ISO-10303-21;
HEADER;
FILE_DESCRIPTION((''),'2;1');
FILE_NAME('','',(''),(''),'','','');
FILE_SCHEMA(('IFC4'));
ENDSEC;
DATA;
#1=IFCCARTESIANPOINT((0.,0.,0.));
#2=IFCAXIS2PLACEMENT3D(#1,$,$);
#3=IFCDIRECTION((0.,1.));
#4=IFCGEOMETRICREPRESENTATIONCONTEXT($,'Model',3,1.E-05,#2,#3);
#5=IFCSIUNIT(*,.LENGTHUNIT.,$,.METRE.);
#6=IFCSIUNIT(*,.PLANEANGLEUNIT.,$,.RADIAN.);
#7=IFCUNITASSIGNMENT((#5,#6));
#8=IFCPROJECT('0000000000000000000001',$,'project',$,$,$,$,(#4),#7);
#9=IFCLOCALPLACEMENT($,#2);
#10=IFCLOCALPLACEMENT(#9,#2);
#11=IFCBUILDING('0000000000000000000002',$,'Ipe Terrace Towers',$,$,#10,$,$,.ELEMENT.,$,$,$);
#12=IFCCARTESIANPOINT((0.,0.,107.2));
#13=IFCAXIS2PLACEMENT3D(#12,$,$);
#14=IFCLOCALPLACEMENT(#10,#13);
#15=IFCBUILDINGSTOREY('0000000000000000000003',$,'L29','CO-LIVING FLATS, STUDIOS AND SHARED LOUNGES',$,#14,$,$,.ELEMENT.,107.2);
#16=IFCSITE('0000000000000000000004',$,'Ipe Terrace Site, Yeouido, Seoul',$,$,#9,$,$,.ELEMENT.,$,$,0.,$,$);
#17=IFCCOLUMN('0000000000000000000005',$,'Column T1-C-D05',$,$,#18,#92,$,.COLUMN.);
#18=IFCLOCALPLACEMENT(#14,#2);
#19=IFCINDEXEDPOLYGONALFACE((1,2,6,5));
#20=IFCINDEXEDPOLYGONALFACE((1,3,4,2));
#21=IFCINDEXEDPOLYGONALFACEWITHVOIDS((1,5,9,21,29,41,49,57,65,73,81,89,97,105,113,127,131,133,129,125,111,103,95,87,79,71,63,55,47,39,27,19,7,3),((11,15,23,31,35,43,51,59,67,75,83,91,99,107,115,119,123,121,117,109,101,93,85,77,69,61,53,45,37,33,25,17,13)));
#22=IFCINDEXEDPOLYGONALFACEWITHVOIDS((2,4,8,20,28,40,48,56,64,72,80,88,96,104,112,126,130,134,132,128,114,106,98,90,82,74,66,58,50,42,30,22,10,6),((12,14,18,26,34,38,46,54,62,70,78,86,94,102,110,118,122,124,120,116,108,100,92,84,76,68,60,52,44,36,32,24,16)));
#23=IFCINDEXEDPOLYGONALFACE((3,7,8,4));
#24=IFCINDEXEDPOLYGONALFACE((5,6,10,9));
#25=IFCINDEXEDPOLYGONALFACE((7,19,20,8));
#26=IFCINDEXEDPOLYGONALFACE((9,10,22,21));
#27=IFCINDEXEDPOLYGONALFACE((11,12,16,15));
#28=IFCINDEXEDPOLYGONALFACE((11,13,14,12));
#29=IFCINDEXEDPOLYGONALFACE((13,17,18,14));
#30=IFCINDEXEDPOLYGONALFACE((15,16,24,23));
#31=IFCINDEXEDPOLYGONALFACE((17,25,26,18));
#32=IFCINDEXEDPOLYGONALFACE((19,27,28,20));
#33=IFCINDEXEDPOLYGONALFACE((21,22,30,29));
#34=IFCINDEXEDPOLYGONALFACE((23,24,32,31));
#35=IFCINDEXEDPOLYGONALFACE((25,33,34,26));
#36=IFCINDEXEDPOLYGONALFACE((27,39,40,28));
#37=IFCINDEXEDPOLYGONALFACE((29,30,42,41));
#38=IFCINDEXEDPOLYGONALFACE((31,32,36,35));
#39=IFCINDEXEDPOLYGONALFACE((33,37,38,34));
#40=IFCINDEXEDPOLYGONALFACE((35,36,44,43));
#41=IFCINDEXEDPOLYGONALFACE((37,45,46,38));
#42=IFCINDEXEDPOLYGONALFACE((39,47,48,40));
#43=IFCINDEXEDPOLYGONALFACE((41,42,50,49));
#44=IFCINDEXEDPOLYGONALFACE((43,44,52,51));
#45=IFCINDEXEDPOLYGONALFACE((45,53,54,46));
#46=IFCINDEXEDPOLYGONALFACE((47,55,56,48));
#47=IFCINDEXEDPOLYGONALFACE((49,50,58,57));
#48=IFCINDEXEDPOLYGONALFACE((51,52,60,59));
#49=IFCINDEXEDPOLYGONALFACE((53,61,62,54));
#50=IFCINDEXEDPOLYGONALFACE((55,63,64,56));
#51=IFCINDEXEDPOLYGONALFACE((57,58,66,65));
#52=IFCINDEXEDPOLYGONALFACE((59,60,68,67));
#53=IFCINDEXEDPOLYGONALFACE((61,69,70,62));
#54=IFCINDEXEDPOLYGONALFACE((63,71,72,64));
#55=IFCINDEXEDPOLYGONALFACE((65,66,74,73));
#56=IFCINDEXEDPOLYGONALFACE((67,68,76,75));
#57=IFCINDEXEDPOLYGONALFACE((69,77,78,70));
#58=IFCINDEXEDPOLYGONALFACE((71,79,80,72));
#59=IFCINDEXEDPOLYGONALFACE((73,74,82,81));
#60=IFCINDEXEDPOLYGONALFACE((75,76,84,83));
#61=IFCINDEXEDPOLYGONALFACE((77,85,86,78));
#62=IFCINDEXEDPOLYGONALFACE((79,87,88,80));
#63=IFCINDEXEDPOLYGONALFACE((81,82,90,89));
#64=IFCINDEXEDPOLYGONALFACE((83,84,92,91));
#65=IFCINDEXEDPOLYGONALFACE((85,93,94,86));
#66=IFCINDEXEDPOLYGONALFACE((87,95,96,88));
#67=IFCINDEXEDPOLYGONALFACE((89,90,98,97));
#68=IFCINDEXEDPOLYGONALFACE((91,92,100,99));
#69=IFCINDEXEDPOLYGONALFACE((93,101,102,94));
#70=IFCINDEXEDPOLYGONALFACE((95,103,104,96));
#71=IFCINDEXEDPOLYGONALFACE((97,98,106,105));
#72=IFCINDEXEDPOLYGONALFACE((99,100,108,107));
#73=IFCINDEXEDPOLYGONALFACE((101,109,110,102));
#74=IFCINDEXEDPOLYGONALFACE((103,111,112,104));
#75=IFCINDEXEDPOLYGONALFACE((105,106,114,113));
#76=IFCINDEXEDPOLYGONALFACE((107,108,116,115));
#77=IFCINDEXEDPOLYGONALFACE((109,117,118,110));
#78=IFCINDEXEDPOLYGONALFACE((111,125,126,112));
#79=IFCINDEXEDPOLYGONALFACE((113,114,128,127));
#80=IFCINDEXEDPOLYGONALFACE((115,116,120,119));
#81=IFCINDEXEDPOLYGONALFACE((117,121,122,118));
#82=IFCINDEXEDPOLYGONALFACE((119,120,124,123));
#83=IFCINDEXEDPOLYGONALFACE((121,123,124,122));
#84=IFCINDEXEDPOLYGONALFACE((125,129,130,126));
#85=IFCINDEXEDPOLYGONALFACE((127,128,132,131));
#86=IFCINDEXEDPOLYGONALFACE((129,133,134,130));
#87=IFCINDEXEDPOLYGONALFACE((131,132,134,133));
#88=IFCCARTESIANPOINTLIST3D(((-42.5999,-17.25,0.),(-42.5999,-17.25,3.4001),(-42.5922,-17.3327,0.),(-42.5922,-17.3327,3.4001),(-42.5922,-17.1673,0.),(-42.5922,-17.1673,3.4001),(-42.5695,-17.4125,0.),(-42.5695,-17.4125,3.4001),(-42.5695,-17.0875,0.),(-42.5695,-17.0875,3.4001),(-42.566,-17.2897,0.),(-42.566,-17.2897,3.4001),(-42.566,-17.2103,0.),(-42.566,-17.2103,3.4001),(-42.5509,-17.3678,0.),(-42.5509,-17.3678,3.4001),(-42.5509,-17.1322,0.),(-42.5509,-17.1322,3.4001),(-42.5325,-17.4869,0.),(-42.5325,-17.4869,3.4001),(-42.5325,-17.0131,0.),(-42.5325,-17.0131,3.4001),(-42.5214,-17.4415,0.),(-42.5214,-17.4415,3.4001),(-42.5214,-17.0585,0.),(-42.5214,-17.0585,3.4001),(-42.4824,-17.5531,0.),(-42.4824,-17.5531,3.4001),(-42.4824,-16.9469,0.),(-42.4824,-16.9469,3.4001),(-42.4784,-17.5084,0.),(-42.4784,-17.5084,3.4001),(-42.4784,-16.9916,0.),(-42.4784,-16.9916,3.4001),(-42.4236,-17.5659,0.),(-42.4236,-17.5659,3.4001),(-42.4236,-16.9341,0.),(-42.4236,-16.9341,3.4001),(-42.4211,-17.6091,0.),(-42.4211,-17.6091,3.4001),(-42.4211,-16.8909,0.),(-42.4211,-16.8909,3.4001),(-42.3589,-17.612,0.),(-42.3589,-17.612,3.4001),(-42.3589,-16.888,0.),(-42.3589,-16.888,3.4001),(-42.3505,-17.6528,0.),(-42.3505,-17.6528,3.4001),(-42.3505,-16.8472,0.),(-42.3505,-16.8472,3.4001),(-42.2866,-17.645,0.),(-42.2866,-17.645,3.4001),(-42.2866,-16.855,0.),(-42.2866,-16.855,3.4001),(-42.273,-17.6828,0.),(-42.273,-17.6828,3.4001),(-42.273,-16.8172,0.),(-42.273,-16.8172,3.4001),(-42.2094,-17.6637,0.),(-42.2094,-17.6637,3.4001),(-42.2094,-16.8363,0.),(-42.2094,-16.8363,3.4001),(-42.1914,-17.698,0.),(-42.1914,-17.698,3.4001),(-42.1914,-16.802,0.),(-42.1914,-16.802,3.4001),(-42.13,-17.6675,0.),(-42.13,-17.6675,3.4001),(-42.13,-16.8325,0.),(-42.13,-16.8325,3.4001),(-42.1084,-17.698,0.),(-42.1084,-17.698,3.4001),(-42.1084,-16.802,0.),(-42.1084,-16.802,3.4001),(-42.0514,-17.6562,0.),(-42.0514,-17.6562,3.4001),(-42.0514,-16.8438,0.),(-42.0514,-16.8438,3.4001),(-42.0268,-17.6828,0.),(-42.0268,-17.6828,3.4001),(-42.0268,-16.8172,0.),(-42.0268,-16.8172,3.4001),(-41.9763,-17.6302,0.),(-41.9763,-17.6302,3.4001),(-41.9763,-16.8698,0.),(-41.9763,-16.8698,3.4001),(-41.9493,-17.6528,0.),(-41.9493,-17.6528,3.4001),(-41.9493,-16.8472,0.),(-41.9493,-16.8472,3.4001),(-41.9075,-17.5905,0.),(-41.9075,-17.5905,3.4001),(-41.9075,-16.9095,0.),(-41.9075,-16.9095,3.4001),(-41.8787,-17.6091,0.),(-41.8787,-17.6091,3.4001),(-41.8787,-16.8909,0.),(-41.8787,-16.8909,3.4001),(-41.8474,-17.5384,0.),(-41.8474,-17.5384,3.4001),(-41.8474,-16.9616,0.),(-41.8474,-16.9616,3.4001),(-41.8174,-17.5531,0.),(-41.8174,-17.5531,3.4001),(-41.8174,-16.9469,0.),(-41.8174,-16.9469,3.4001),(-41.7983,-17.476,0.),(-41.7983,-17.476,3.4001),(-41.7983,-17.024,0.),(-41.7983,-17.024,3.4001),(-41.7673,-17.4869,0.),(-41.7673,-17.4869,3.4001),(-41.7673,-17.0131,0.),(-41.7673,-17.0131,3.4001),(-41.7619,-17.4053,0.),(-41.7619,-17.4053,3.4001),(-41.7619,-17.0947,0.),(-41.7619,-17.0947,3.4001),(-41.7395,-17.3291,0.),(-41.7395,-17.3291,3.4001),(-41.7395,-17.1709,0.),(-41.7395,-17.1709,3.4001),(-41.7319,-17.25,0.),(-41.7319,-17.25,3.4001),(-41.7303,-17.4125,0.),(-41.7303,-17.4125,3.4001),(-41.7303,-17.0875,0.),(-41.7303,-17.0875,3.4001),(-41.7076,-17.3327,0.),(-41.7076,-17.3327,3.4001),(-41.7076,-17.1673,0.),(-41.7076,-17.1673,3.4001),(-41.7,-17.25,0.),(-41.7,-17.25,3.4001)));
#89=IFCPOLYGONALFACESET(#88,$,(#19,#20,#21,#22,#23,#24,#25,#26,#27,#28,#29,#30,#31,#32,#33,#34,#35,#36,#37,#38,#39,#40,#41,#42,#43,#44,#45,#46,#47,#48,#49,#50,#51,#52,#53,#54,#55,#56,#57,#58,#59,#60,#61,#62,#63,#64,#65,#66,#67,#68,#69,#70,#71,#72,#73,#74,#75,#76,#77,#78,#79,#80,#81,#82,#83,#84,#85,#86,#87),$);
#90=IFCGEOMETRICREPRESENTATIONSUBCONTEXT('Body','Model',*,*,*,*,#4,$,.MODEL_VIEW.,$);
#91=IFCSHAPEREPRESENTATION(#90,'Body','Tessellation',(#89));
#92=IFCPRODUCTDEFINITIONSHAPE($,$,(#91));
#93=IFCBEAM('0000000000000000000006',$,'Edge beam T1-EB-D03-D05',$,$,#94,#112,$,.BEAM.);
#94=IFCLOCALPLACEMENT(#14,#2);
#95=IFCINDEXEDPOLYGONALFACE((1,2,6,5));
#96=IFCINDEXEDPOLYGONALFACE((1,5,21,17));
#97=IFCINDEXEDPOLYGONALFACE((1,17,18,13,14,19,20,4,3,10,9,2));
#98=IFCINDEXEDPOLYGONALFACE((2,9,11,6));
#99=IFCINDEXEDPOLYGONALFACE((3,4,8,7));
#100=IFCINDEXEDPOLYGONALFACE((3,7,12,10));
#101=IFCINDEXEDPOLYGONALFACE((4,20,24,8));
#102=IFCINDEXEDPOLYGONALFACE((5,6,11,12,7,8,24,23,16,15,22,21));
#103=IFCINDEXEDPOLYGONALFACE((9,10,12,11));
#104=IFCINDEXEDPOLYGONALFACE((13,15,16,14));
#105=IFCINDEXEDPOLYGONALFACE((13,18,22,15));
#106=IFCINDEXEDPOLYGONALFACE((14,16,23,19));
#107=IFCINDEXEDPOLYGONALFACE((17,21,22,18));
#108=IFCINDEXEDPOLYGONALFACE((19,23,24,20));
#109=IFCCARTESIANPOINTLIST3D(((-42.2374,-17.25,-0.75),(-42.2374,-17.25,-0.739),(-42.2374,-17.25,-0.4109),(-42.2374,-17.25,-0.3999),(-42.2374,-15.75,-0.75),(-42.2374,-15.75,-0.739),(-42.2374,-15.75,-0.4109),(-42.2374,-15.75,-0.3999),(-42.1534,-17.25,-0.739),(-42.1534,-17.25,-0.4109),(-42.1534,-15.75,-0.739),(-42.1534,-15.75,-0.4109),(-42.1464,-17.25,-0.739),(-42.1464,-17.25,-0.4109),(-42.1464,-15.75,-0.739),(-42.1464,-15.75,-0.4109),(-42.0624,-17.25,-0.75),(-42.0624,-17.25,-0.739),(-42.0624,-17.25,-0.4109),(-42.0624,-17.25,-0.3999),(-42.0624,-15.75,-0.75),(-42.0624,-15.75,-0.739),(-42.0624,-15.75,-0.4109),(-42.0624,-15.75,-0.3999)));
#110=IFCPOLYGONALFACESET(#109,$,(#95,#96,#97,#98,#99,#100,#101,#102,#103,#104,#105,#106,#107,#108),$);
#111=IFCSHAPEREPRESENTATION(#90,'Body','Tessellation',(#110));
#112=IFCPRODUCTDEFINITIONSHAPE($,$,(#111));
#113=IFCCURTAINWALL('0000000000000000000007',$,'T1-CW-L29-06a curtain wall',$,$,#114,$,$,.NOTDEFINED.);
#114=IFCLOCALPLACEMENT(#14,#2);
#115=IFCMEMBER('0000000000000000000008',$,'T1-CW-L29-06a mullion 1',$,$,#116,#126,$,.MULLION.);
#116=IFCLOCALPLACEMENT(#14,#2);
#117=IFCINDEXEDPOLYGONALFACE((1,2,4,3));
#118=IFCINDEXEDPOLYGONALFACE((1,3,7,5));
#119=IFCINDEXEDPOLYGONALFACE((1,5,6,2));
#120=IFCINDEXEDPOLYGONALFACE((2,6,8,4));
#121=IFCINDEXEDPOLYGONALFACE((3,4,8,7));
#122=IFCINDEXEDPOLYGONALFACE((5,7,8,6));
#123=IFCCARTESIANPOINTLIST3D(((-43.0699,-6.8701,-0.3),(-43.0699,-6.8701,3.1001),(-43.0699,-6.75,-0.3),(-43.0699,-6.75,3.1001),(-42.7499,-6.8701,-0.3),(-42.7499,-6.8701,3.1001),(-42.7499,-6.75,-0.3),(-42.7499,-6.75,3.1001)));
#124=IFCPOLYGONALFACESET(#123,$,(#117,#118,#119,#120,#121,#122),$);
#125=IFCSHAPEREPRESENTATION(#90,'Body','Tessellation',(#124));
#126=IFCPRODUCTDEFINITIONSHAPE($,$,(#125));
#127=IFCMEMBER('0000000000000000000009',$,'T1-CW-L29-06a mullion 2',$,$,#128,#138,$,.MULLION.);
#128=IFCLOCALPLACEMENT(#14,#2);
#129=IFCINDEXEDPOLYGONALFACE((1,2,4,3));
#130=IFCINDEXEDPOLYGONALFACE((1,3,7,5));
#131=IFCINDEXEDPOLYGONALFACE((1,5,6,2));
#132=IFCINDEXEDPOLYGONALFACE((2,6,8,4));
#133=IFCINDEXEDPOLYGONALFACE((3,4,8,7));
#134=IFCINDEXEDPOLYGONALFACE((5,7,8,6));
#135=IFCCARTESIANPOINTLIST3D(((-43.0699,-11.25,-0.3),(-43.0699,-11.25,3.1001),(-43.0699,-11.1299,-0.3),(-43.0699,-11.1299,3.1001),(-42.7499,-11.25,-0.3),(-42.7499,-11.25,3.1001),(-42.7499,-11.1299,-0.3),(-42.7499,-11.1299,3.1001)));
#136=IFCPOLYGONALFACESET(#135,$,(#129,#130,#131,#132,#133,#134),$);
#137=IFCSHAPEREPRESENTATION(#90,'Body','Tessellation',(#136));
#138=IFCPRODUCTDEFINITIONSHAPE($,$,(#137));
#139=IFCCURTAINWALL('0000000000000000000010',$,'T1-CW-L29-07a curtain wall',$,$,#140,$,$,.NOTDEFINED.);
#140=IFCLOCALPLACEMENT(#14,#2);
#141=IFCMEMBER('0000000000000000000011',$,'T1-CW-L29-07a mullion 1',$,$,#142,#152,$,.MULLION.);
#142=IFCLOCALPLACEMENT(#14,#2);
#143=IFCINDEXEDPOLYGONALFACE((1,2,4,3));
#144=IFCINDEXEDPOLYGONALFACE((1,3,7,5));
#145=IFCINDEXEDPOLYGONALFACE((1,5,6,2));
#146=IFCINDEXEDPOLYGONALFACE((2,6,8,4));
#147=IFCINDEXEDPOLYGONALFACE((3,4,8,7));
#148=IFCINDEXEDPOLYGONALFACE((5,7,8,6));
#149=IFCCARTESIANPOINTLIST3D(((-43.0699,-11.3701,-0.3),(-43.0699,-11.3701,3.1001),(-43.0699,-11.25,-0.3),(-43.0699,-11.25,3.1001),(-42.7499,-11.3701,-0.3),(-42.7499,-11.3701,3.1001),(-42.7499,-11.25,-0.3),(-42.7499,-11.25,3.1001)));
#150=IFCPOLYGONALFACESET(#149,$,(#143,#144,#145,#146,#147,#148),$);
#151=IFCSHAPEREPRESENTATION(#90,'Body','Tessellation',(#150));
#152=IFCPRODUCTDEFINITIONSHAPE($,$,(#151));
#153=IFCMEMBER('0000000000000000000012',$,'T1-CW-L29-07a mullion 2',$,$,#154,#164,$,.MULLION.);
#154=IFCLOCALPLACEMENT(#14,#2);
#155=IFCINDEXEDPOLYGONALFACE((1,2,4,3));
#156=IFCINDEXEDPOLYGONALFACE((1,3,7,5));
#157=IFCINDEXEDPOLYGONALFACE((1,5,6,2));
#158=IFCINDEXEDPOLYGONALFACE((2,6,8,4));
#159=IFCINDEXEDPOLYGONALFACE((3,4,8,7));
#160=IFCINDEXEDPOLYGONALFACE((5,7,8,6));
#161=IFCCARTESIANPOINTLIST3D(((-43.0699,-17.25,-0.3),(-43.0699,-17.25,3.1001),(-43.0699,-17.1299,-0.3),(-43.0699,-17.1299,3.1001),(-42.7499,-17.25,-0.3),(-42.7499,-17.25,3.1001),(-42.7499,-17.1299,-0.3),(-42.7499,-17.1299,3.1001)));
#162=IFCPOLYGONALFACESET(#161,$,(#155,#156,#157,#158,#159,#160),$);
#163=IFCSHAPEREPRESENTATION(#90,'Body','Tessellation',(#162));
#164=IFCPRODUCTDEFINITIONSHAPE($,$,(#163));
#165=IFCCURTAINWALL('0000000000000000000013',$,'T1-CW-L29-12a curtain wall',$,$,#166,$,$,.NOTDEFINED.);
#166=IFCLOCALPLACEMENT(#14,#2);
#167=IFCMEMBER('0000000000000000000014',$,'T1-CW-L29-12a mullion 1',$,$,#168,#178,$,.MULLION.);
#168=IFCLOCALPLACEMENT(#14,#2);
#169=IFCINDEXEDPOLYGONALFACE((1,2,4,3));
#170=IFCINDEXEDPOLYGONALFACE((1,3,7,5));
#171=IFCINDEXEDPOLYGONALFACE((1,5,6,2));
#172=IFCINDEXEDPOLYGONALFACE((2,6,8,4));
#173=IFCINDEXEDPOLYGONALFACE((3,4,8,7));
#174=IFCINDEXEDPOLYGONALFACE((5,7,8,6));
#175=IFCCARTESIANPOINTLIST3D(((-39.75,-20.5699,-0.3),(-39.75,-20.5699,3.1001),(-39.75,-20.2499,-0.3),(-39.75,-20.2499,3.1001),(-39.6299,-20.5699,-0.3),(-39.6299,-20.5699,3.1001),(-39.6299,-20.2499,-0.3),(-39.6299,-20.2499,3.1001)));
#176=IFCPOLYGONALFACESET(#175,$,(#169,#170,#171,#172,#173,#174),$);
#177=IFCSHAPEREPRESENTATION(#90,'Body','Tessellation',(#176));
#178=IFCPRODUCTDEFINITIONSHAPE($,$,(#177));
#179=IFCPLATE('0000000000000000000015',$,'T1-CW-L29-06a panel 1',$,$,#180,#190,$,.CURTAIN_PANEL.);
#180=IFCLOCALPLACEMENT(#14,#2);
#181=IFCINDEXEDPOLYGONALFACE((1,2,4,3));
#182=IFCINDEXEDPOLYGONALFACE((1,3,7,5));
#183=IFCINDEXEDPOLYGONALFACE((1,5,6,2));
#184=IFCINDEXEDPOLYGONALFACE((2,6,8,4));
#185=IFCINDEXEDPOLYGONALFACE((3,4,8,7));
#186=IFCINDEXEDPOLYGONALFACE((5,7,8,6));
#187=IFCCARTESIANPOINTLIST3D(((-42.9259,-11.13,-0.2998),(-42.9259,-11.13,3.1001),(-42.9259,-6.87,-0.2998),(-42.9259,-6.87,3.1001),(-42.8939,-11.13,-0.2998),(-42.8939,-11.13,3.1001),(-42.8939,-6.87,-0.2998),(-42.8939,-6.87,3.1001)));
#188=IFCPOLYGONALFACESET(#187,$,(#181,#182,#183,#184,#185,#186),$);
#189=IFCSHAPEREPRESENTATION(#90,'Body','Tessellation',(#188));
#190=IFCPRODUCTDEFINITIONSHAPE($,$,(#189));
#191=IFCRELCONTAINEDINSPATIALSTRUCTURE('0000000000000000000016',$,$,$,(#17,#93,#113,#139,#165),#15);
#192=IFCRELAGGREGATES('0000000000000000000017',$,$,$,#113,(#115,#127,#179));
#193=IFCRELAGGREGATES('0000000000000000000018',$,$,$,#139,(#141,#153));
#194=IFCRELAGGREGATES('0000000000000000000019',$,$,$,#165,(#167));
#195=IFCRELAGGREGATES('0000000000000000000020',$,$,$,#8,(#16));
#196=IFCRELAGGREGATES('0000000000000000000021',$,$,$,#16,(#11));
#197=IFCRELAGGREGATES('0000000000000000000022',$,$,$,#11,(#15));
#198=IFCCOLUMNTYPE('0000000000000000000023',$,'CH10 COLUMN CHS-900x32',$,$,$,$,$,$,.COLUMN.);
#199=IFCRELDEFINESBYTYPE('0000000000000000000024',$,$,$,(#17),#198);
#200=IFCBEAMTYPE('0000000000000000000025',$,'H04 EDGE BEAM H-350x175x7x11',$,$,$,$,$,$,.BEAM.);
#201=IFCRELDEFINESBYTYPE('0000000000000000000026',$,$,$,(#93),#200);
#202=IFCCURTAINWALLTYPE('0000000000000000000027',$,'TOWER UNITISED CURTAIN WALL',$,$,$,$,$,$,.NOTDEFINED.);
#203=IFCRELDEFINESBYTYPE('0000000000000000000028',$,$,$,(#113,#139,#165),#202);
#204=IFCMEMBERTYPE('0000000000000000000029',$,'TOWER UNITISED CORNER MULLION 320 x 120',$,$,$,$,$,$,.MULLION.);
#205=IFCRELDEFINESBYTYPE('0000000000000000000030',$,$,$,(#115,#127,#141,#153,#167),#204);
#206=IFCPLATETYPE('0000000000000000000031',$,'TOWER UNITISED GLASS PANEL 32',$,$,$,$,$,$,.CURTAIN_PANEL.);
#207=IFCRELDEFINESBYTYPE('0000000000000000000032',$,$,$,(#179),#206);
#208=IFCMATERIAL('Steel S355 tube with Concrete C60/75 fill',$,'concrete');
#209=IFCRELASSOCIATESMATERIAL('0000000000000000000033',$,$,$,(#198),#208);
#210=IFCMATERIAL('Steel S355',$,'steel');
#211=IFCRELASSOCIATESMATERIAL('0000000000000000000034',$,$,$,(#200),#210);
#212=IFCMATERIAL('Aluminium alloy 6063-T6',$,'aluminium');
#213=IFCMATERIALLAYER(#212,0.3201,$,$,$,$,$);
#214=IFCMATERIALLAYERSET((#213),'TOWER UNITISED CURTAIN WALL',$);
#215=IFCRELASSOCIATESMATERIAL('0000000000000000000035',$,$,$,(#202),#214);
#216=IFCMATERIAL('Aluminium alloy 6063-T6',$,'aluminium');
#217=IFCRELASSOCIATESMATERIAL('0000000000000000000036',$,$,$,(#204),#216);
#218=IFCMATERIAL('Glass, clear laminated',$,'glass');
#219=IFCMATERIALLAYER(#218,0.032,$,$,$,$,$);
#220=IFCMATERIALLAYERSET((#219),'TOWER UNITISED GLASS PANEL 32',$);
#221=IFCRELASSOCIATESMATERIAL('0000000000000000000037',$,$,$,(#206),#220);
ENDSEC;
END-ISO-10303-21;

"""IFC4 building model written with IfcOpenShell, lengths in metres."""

from ifc_helpers import new_model, si_unit, direction, frame, origin, origin_2d, place, context, subcontext, project, spatial, rectangle, hollow_circle, i_section, extrude, material, layer, layer_set, material_profile, profile_set, type_object, element, aggregate, save


model = new_model("IFC4")

# Units and contexts
model_context = context("Model", 3, precision=1e-05, world=origin(), true_north=direction((0.0, 1.0)))
body_context = subcontext(model_context, "Body", "Model", "MODEL_VIEW")
ifc_project = project(units=[si_unit("LENGTHUNIT", "METRE"), si_unit("PLANEANGLEUNIT", "RADIAN")], contexts=[model_context])

# Site, building, storey
site_placement = place(None, origin())
site = spatial("IfcSite", under=ifc_project, at=site_placement, Name="Ipe Terrace Site, Yeouido, Seoul", CompositionType="ELEMENT", RefElevation=0.0)
building_placement = place(site_placement, origin())
building = spatial("IfcBuilding", under=site, at=building_placement, Name="Ipe Terrace Towers", CompositionType="ELEMENT")
storey_placement = place(building_placement, frame((0.0, 0.0, 107.2)))
storey = spatial("IfcBuildingStorey", under=building, at=storey_placement, Name="L29", Description="CO-LIVING FLATS, STUDIOS AND SHARED LOUNGES", CompositionType="ELEMENT", Elevation=107.2)

# Column
ifc_material_1 = material(Name="Steel S355 tube with Concrete C60/75 fill", Category="concrete")
ifc_material_profile_1 = material_profile(ifc_material_1, hollow_circle(Radius=0.45, WallThickness=0.032, at=origin_2d()), Name="CHS-900x32")
ifc_profile_set_1 = profile_set([ifc_material_profile_1], Name="Steel S355 tube with Concrete C60/75 fill")
column_type_1 = type_object("IfcColumnType", Name="CH10 COLUMN CHS-900x32", PredefinedType="COLUMN", material=ifc_profile_set_1)
for number, where, z_axis, x_axis, name in (
    (1, (-42.1499, -17.25, 0.0), (0.0, 0.0, 1.0), (1.0, 0.0, 0.0), "Column T1-C-D05"),
):
    element("IfcColumn", number, at=place(storey_placement, frame(where, z_axis=z_axis, x_axis=x_axis)), inside=storey, type_object=column_type_1, Name=name, PredefinedType="COLUMN", context=body_context, shape_type="SweptSolid", body=[
        extrude(hollow_circle(Radius=0.45, WallThickness=0.032, at=origin_2d()), origin(), (0.0, 0.0, 1.0), 3.4001),
    ])

# Beam
ifc_material_2 = material(Name="Steel S355", Category="steel")
ifc_material_profile_2 = material_profile(ifc_material_2, i_section(OverallWidth=0.175, OverallDepth=0.3501, WebThickness=0.0071, FlangeThickness=0.011, at=origin_2d()), Name="H-350x175x7x11")
ifc_profile_set_2 = profile_set([ifc_material_profile_2], Name="Steel S355")
beam_type = type_object("IfcBeamType", Name="H04 EDGE BEAM H-350x175x7x11", PredefinedType="BEAM", material=ifc_profile_set_2)
beam_placement = place(storey_placement, frame((-42.1499, -15.75, -0.575), z_axis=(0.0, -1.0, 0.0), x_axis=(1.0, 0.0, 0.0)))
element("IfcBeam", 2, at=beam_placement, inside=storey, type_object=beam_type, Name="Edge beam T1-EB-D03-D05", PredefinedType="BEAM", context=body_context, shape_type="SweptSolid", body=[
    extrude(i_section(OverallWidth=0.175, OverallDepth=0.3501, WebThickness=0.0071, FlangeThickness=0.011, at=origin_2d()), origin(), (0.0, 0.0, 1.0), 1.5),
])

# Curtain walls, members
ifc_material_3 = material(Name="Aluminium alloy 6063-T6", Category="aluminium")
ifc_layer_1 = layer(ifc_material_3, 0.3201)
ifc_layer_set_1 = layer_set([ifc_layer_1], Name="TOWER UNITISED CURTAIN WALL")
curtain_wall_type = type_object("IfcCurtainWallType", Name="TOWER UNITISED CURTAIN WALL", PredefinedType="NOTDEFINED", material=ifc_layer_set_1)
curtain_wall_1_placement = place(storey_placement, origin())
curtain_wall_1 = element("IfcCurtainWall", 3, at=curtain_wall_1_placement, inside=storey, type_object=curtain_wall_type, Name="T1-CW-L29-06a curtain wall", PredefinedType="NOTDEFINED")
ifc_material_4 = material(Name="Aluminium alloy 6063-T6", Category="aluminium")
ifc_material_profile_3 = material_profile(ifc_material_4, rectangle(XDim=0.3201, YDim=0.1201, at=origin_2d()), Name="TOWER UNITISED CORNER MULLION 320 x 120")
ifc_profile_set_3 = profile_set([ifc_material_profile_3], Name="Aluminium alloy 6063-T6")
member_type = type_object("IfcMemberType", Name="TOWER UNITISED CORNER MULLION 320 x 120", PredefinedType="MULLION", material=ifc_profile_set_3)
member_1_placement = place(storey_placement, frame((-42.9099, -6.8101, -0.3), z_axis=(0.0, 0.0, 1.0), x_axis=(-1.0, 0.0, 0.0)))
member_1 = element("IfcMember", 4, at=member_1_placement, type_object=member_type, Name="T1-CW-L29-06a mullion 1", PredefinedType="MULLION", context=body_context, shape_type="SweptSolid", body=[
    extrude(rectangle(XDim=0.3201, YDim=0.1201, at=origin_2d()), origin(), (0.0, 0.0, 1.0), 3.4001),
])
member_2_placement = place(storey_placement, frame((-42.9099, -11.1899, -0.3), z_axis=(0.0, 0.0, 1.0), x_axis=(-1.0, 0.0, 0.0)))
member_2 = element("IfcMember", 5, at=member_2_placement, type_object=member_type, Name="T1-CW-L29-06a mullion 2", PredefinedType="MULLION", context=body_context, shape_type="SweptSolid", body=[
    extrude(rectangle(XDim=0.3201, YDim=0.1201, at=origin_2d()), origin(), (0.0, 0.0, 1.0), 3.4001),
])
curtain_wall_2_placement = place(storey_placement, origin())
curtain_wall_2 = element("IfcCurtainWall", 6, at=curtain_wall_2_placement, inside=storey, type_object=curtain_wall_type, Name="T1-CW-L29-07a curtain wall", PredefinedType="NOTDEFINED")
member_3_placement = place(storey_placement, frame((-42.9099, -11.3101, -0.3), z_axis=(0.0, 0.0, 1.0), x_axis=(-1.0, 0.0, 0.0)))
member_3 = element("IfcMember", 7, at=member_3_placement, type_object=member_type, Name="T1-CW-L29-07a mullion 1", PredefinedType="MULLION", context=body_context, shape_type="SweptSolid", body=[
    extrude(rectangle(XDim=0.3201, YDim=0.1201, at=origin_2d()), origin(), (0.0, 0.0, 1.0), 3.4001),
])
member_4_placement = place(storey_placement, frame((-42.9099, -17.1899, -0.3), z_axis=(0.0, 0.0, 1.0), x_axis=(-1.0, 0.0, 0.0)))
member_4 = element("IfcMember", 8, at=member_4_placement, type_object=member_type, Name="T1-CW-L29-07a mullion 2", PredefinedType="MULLION", context=body_context, shape_type="SweptSolid", body=[
    extrude(rectangle(XDim=0.3201, YDim=0.1201, at=origin_2d()), origin(), (0.0, 0.0, 1.0), 3.4001),
])

# Curtain wall, member
curtain_wall_3_placement = place(storey_placement, origin())
curtain_wall_3 = element("IfcCurtainWall", 9, at=curtain_wall_3_placement, inside=storey, type_object=curtain_wall_type, Name="T1-CW-L29-12a curtain wall", PredefinedType="NOTDEFINED")
member_5_placement = place(storey_placement, frame((-39.6899, -20.4099, -0.3), z_axis=(0.0, 0.0, 1.0), x_axis=(0.0, -1.0, 0.0)))
member_5 = element("IfcMember", 10, at=member_5_placement, type_object=member_type, Name="T1-CW-L29-12a mullion 1", PredefinedType="MULLION", context=body_context, shape_type="SweptSolid", body=[
    extrude(rectangle(XDim=0.3201, YDim=0.1201, at=origin_2d()), origin(), (0.0, 0.0, 1.0), 3.4001),
])

# Plate
ifc_material_5 = material(Name="Glass, clear laminated", Category="glass")
ifc_layer_2 = layer(ifc_material_5, 0.032)
ifc_layer_set_2 = layer_set([ifc_layer_2], Name="TOWER UNITISED GLASS PANEL 32")
plate_type = type_object("IfcPlateType", Name="TOWER UNITISED GLASS PANEL 32", PredefinedType="CURTAIN_PANEL", material=ifc_layer_set_2)
plate_1_placement = place(storey_placement, frame((-42.9099, -9.0, -0.2998), z_axis=(0.0, 0.0, 1.0), x_axis=(0.0, -1.0, 0.0)))
plate_1 = element("IfcPlate", 11, at=plate_1_placement, type_object=plate_type, Name="T1-CW-L29-06a panel 1", PredefinedType="CURTAIN_PANEL", context=body_context, shape_type="SweptSolid", body=[
    extrude(rectangle(XDim=4.26, YDim=0.032, at=origin_2d()), origin(), (0.0, 0.0, 1.0), 3.3999),
])
aggregate(curtain_wall_1, [member_1, member_2, plate_1])
aggregate(curtain_wall_2, [member_3, member_4])
aggregate(curtain_wall_3, [member_5])

save(model, "model.ifc")
